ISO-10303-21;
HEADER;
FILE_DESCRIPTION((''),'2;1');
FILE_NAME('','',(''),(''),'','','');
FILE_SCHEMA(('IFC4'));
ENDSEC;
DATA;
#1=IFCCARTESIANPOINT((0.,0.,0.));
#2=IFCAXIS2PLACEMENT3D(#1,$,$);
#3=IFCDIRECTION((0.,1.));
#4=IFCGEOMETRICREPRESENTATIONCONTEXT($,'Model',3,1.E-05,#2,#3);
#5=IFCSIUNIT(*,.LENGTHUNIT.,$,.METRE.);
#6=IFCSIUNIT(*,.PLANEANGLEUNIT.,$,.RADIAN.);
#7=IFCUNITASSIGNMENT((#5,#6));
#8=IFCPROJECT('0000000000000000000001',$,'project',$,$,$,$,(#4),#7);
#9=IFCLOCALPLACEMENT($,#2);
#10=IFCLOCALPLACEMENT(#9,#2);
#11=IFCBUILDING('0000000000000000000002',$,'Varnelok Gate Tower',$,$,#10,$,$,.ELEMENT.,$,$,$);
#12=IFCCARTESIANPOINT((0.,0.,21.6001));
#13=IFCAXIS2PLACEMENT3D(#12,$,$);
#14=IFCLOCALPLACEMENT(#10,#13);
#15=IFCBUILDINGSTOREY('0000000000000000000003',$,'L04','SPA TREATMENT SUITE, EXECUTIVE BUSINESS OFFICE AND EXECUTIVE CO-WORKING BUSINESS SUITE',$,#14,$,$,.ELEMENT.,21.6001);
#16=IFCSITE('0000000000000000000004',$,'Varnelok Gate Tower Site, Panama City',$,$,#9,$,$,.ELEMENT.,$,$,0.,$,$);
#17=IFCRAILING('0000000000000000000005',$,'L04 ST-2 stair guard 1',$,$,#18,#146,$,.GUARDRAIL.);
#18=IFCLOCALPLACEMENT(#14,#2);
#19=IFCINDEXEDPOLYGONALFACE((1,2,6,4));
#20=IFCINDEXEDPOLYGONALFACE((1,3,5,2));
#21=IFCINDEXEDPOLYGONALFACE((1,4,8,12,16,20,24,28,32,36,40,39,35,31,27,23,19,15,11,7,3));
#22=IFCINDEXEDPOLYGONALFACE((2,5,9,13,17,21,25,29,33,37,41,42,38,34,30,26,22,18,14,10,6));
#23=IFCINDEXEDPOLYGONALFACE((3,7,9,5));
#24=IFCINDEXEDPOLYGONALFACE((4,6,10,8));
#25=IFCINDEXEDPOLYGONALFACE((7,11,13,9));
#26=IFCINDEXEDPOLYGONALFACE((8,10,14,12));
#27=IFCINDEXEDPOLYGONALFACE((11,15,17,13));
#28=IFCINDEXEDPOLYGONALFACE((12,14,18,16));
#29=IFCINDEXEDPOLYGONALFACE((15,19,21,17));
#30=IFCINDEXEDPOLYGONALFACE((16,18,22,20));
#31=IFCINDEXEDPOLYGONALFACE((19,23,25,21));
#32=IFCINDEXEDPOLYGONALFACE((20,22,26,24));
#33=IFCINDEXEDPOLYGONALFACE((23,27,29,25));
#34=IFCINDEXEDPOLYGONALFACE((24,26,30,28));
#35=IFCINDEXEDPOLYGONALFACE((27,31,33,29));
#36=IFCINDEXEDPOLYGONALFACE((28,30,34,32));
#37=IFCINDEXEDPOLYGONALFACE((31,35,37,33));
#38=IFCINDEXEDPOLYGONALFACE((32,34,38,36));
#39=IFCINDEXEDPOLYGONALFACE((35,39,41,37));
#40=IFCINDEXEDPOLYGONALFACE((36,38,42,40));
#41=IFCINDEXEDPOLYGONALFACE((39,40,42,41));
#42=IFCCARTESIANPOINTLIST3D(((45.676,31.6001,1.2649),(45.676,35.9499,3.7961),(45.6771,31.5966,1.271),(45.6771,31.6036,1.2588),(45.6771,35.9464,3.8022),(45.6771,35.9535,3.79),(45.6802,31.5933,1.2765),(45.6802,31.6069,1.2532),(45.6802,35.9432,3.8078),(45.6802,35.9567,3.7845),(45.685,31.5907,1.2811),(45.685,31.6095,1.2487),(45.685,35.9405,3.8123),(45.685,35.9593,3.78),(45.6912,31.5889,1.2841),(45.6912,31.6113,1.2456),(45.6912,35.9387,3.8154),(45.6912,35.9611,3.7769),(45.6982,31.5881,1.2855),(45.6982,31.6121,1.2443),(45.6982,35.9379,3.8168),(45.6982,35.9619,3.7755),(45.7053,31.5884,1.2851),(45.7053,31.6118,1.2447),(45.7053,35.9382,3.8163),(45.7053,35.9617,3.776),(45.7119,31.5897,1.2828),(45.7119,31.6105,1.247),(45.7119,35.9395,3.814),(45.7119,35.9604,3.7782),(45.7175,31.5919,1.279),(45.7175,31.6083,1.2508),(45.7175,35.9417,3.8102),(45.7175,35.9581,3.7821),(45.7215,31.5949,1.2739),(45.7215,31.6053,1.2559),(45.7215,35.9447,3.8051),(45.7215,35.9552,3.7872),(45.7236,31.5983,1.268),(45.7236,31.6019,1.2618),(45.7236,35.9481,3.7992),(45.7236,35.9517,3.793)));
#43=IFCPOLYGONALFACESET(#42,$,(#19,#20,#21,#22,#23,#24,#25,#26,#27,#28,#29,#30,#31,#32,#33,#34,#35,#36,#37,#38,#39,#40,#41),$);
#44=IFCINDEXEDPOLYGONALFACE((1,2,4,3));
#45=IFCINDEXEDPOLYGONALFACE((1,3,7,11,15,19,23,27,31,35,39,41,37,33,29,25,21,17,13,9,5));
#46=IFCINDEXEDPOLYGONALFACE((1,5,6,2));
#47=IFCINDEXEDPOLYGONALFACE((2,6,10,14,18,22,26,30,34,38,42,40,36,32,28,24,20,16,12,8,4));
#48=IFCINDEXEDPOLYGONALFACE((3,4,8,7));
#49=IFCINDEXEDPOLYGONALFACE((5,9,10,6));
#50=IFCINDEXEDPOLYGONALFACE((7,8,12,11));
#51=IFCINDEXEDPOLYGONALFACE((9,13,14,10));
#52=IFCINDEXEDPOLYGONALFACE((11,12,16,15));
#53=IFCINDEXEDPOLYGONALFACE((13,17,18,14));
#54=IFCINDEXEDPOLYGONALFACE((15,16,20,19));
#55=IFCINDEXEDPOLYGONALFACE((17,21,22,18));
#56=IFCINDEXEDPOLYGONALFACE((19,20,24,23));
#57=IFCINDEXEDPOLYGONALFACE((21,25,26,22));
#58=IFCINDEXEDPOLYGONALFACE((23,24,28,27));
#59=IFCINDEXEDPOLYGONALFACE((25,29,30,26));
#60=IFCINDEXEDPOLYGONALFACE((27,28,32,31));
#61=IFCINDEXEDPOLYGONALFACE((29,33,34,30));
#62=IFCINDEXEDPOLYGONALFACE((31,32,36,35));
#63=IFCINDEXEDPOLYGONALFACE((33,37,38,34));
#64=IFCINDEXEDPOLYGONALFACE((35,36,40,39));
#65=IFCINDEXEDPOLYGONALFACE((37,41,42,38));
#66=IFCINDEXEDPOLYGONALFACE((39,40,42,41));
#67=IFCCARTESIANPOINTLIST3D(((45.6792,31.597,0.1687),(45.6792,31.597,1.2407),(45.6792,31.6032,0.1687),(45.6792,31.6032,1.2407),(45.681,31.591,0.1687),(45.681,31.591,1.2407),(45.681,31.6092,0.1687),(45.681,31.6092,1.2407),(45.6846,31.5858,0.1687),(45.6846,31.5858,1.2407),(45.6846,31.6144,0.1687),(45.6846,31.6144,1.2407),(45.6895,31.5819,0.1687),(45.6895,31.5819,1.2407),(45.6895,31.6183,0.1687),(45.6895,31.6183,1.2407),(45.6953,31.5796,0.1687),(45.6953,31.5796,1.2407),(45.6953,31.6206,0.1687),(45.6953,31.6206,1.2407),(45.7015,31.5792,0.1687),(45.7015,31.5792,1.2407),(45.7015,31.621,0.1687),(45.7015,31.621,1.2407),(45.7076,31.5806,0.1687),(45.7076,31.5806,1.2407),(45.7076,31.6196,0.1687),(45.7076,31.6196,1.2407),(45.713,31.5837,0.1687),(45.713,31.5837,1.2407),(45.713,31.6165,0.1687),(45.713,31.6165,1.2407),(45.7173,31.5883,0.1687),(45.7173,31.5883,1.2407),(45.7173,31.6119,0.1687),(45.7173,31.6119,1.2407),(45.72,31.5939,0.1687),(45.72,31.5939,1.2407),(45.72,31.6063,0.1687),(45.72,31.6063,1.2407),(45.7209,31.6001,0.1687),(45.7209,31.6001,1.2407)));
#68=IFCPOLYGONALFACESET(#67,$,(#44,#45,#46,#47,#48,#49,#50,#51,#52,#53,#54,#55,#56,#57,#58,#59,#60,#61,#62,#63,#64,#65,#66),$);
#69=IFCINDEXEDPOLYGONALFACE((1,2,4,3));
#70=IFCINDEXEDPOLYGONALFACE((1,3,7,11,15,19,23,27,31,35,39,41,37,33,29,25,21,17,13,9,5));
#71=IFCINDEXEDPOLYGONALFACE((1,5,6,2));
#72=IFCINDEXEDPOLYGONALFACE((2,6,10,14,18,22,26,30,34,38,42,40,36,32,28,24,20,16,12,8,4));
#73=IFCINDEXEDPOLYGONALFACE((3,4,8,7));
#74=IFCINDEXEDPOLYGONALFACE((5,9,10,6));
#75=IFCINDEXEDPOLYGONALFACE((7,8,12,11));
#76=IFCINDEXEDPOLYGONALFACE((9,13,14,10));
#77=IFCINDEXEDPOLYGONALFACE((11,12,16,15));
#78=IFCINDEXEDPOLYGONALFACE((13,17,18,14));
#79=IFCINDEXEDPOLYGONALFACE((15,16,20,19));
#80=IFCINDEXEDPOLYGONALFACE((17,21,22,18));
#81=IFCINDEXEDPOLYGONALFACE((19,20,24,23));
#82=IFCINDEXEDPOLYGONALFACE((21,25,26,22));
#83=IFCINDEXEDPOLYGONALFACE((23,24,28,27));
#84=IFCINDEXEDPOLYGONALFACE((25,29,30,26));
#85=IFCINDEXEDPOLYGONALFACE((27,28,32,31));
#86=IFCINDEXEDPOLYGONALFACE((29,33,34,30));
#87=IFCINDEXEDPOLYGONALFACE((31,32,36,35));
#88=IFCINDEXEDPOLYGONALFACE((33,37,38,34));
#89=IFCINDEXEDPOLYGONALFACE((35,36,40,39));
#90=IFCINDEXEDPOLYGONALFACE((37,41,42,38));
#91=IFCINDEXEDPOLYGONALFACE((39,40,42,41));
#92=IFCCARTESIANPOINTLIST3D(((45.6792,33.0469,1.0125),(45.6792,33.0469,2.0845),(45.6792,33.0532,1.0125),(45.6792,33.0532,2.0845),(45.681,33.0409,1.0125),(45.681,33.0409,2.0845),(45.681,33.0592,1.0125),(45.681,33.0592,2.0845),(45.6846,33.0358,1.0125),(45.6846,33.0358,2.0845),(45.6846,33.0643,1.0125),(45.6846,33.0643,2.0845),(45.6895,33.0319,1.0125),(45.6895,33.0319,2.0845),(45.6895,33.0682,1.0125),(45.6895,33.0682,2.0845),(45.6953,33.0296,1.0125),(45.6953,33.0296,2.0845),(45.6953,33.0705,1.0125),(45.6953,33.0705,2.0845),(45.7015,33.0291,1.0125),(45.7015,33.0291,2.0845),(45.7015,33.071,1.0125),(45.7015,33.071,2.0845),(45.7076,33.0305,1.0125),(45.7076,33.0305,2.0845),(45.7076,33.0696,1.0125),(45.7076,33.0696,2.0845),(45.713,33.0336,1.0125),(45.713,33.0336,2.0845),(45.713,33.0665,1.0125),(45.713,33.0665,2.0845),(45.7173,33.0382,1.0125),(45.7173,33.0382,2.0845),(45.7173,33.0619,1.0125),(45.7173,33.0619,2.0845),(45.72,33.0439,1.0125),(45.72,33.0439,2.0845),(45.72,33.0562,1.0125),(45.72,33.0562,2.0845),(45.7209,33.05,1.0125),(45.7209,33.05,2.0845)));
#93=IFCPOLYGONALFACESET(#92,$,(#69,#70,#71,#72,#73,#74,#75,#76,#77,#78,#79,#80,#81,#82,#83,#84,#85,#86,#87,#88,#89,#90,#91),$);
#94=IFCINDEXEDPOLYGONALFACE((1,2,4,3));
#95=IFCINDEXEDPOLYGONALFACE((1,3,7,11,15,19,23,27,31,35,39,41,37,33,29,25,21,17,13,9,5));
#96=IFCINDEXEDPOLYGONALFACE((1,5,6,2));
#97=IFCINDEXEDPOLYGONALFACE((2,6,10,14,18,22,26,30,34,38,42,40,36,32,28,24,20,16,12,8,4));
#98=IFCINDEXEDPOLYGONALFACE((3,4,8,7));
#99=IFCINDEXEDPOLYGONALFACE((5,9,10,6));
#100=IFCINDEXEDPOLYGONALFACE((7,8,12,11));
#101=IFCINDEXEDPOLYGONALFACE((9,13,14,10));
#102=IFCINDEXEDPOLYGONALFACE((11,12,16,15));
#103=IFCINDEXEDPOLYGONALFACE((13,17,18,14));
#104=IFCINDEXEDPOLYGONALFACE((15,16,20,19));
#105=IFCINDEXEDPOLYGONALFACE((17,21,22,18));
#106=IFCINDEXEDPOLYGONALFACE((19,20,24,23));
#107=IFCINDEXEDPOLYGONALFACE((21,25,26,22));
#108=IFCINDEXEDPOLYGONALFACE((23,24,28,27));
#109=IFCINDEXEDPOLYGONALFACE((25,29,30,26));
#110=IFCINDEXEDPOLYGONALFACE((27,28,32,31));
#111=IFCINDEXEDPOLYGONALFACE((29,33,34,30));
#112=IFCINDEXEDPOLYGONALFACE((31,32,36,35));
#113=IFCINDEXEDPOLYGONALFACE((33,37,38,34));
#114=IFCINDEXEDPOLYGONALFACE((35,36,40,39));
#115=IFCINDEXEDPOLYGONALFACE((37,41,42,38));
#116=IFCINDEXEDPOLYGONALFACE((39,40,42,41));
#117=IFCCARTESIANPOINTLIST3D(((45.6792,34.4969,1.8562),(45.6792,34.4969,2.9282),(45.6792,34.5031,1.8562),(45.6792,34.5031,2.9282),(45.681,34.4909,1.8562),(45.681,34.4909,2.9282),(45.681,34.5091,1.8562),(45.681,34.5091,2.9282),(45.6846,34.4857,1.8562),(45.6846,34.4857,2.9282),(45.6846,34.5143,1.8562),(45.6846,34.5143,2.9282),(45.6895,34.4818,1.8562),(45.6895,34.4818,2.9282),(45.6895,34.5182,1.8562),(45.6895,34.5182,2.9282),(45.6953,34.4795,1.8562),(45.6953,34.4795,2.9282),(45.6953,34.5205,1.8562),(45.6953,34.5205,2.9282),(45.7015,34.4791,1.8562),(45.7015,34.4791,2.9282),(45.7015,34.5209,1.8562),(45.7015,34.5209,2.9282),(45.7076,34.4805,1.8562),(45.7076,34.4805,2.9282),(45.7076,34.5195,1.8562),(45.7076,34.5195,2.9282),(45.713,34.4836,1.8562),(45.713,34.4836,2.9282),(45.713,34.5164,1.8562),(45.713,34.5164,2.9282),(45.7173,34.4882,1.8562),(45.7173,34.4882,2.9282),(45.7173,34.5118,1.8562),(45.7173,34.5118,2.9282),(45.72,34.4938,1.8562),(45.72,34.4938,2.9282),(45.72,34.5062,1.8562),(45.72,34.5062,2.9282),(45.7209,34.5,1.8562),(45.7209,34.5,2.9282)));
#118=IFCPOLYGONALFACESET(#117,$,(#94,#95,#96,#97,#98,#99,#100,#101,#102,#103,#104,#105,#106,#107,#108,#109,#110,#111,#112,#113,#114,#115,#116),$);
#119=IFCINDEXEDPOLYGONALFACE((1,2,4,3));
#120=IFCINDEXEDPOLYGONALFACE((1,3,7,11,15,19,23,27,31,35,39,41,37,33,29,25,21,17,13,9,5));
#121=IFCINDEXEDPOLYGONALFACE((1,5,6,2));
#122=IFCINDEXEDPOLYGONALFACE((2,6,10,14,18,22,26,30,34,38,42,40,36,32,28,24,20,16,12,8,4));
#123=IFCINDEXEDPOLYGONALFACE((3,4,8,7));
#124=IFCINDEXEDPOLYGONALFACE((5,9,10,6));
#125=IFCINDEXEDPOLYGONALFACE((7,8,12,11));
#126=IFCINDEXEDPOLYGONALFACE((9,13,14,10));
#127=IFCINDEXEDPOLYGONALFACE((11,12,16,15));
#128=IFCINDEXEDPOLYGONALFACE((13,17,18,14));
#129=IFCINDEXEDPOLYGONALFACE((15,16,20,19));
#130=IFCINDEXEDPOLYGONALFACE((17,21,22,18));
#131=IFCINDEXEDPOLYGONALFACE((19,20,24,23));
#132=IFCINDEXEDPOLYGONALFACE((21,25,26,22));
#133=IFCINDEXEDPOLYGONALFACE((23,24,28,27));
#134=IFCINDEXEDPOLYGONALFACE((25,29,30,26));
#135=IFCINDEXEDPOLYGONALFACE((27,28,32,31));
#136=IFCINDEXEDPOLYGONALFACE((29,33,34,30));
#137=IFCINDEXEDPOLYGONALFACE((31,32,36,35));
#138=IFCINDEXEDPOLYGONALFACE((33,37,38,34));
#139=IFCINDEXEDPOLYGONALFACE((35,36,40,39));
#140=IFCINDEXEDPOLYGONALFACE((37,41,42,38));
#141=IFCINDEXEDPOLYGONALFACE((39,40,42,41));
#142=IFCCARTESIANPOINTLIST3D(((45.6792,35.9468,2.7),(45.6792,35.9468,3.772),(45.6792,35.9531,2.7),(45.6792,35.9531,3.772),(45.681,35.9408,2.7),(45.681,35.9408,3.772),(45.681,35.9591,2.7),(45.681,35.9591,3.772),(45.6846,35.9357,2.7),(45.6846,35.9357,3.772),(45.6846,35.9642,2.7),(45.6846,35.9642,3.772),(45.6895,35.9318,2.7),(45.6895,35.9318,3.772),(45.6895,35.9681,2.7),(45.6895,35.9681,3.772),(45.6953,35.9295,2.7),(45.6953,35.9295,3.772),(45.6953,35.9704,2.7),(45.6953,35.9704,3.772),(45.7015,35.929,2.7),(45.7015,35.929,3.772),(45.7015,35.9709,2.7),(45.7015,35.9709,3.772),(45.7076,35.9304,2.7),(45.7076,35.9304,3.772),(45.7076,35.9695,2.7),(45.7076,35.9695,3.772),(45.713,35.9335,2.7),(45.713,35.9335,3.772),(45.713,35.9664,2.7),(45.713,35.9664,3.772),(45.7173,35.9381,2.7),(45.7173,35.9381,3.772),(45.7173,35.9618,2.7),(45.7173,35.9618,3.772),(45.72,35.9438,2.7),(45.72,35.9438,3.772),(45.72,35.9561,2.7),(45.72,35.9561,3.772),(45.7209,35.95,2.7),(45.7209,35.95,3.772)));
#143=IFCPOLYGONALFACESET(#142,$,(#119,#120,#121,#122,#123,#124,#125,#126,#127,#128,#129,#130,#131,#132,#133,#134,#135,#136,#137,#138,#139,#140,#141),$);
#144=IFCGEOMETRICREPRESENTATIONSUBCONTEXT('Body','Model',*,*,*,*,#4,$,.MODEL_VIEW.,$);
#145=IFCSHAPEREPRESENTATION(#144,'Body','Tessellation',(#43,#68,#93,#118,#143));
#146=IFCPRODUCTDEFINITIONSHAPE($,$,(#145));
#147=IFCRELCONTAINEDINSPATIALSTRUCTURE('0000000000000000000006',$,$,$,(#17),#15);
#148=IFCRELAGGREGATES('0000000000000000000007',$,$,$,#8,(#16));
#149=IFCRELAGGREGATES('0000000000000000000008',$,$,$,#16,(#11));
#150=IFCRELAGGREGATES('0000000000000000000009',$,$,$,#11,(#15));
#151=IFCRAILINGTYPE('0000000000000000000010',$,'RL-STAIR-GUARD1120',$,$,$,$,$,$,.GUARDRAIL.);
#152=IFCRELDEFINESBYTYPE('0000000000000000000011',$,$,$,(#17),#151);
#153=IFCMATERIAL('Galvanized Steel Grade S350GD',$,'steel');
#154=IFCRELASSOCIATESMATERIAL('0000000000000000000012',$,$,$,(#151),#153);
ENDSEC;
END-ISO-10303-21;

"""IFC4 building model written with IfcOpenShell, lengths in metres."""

from ifc_helpers import new_model, si_unit, direction, frame, origin, origin_2d, place, context, subcontext, project, spatial, circle, extrude, material, type_object, element, save


model = new_model("IFC4")

# Units and contexts
model_context = context("Model", 3, precision=1e-05, world=origin(), true_north=direction((0.0, 1.0)))
body_context = subcontext(model_context, "Body", "Model", "MODEL_VIEW")
ifc_project = project(units=[si_unit("LENGTHUNIT", "METRE"), si_unit("PLANEANGLEUNIT", "RADIAN")], contexts=[model_context])

# Site, building, storey
site_placement = place(None, origin())
site = spatial("IfcSite", under=ifc_project, at=site_placement, Name="Varnelok Gate Tower Site, Panama City", CompositionType="ELEMENT", RefElevation=0.0)
building_placement = place(site_placement, origin())
building = spatial("IfcBuilding", under=site, at=building_placement, Name="Varnelok Gate Tower", CompositionType="ELEMENT")
storey_placement = place(building_placement, frame((0.0, 0.0, 21.6001)))
storey = spatial("IfcBuildingStorey", under=building, at=storey_placement, Name="L04", Description="SPA TREATMENT SUITE, EXECUTIVE BUSINESS OFFICE AND EXECUTIVE CO-WORKING BUSINESS SUITE", CompositionType="ELEMENT", Elevation=21.6001)

# Shared definitions
ifc_material_1 = material(Name="Galvanized Steel Grade S350GD", Category="steel")

# Railing
railing_type_1 = type_object("IfcRailingType", Name="RL-STAIR-GUARD1120", PredefinedType="GUARDRAIL", material=ifc_material_1)
railing_1_placement = place(storey_placement, frame((45.7, 31.6001, 0.1687)))
element("IfcRailing", 1, at=railing_1_placement, inside=storey, type_object=railing_type_1, Name="L04 ST-2 stair guard 1", PredefinedType="GUARDRAIL", context=body_context, shape_type="SweptSolid", body=[
    extrude(circle(Radius=0.0239, at=origin_2d()), frame((0.0, 0.0, 1.0962), z_axis=(0.0, 0.864312, 0.502957), x_axis=(-1.0, 0.0, 0.0)), (0.0, 0.0, 1.0), 5.0327),
    extrude(circle(Radius=0.021, at=origin_2d()), origin(), (0.0, 0.0, 1.0), 1.072),
    extrude(circle(Radius=0.021, at=origin_2d()), frame((0.0, 1.45, 0.8438)), (0.0, 0.0, 1.0), 1.072),
    extrude(circle(Radius=0.021, at=origin_2d()), frame((0.0, 2.8999, 1.6875)), (0.0, 0.0, 1.0), 1.072),
    extrude(circle(Radius=0.021, at=origin_2d()), frame((0.0, 4.3499, 2.5312)), (0.0, 0.0, 1.0), 1.072),
])

save(model, "model.ifc")
